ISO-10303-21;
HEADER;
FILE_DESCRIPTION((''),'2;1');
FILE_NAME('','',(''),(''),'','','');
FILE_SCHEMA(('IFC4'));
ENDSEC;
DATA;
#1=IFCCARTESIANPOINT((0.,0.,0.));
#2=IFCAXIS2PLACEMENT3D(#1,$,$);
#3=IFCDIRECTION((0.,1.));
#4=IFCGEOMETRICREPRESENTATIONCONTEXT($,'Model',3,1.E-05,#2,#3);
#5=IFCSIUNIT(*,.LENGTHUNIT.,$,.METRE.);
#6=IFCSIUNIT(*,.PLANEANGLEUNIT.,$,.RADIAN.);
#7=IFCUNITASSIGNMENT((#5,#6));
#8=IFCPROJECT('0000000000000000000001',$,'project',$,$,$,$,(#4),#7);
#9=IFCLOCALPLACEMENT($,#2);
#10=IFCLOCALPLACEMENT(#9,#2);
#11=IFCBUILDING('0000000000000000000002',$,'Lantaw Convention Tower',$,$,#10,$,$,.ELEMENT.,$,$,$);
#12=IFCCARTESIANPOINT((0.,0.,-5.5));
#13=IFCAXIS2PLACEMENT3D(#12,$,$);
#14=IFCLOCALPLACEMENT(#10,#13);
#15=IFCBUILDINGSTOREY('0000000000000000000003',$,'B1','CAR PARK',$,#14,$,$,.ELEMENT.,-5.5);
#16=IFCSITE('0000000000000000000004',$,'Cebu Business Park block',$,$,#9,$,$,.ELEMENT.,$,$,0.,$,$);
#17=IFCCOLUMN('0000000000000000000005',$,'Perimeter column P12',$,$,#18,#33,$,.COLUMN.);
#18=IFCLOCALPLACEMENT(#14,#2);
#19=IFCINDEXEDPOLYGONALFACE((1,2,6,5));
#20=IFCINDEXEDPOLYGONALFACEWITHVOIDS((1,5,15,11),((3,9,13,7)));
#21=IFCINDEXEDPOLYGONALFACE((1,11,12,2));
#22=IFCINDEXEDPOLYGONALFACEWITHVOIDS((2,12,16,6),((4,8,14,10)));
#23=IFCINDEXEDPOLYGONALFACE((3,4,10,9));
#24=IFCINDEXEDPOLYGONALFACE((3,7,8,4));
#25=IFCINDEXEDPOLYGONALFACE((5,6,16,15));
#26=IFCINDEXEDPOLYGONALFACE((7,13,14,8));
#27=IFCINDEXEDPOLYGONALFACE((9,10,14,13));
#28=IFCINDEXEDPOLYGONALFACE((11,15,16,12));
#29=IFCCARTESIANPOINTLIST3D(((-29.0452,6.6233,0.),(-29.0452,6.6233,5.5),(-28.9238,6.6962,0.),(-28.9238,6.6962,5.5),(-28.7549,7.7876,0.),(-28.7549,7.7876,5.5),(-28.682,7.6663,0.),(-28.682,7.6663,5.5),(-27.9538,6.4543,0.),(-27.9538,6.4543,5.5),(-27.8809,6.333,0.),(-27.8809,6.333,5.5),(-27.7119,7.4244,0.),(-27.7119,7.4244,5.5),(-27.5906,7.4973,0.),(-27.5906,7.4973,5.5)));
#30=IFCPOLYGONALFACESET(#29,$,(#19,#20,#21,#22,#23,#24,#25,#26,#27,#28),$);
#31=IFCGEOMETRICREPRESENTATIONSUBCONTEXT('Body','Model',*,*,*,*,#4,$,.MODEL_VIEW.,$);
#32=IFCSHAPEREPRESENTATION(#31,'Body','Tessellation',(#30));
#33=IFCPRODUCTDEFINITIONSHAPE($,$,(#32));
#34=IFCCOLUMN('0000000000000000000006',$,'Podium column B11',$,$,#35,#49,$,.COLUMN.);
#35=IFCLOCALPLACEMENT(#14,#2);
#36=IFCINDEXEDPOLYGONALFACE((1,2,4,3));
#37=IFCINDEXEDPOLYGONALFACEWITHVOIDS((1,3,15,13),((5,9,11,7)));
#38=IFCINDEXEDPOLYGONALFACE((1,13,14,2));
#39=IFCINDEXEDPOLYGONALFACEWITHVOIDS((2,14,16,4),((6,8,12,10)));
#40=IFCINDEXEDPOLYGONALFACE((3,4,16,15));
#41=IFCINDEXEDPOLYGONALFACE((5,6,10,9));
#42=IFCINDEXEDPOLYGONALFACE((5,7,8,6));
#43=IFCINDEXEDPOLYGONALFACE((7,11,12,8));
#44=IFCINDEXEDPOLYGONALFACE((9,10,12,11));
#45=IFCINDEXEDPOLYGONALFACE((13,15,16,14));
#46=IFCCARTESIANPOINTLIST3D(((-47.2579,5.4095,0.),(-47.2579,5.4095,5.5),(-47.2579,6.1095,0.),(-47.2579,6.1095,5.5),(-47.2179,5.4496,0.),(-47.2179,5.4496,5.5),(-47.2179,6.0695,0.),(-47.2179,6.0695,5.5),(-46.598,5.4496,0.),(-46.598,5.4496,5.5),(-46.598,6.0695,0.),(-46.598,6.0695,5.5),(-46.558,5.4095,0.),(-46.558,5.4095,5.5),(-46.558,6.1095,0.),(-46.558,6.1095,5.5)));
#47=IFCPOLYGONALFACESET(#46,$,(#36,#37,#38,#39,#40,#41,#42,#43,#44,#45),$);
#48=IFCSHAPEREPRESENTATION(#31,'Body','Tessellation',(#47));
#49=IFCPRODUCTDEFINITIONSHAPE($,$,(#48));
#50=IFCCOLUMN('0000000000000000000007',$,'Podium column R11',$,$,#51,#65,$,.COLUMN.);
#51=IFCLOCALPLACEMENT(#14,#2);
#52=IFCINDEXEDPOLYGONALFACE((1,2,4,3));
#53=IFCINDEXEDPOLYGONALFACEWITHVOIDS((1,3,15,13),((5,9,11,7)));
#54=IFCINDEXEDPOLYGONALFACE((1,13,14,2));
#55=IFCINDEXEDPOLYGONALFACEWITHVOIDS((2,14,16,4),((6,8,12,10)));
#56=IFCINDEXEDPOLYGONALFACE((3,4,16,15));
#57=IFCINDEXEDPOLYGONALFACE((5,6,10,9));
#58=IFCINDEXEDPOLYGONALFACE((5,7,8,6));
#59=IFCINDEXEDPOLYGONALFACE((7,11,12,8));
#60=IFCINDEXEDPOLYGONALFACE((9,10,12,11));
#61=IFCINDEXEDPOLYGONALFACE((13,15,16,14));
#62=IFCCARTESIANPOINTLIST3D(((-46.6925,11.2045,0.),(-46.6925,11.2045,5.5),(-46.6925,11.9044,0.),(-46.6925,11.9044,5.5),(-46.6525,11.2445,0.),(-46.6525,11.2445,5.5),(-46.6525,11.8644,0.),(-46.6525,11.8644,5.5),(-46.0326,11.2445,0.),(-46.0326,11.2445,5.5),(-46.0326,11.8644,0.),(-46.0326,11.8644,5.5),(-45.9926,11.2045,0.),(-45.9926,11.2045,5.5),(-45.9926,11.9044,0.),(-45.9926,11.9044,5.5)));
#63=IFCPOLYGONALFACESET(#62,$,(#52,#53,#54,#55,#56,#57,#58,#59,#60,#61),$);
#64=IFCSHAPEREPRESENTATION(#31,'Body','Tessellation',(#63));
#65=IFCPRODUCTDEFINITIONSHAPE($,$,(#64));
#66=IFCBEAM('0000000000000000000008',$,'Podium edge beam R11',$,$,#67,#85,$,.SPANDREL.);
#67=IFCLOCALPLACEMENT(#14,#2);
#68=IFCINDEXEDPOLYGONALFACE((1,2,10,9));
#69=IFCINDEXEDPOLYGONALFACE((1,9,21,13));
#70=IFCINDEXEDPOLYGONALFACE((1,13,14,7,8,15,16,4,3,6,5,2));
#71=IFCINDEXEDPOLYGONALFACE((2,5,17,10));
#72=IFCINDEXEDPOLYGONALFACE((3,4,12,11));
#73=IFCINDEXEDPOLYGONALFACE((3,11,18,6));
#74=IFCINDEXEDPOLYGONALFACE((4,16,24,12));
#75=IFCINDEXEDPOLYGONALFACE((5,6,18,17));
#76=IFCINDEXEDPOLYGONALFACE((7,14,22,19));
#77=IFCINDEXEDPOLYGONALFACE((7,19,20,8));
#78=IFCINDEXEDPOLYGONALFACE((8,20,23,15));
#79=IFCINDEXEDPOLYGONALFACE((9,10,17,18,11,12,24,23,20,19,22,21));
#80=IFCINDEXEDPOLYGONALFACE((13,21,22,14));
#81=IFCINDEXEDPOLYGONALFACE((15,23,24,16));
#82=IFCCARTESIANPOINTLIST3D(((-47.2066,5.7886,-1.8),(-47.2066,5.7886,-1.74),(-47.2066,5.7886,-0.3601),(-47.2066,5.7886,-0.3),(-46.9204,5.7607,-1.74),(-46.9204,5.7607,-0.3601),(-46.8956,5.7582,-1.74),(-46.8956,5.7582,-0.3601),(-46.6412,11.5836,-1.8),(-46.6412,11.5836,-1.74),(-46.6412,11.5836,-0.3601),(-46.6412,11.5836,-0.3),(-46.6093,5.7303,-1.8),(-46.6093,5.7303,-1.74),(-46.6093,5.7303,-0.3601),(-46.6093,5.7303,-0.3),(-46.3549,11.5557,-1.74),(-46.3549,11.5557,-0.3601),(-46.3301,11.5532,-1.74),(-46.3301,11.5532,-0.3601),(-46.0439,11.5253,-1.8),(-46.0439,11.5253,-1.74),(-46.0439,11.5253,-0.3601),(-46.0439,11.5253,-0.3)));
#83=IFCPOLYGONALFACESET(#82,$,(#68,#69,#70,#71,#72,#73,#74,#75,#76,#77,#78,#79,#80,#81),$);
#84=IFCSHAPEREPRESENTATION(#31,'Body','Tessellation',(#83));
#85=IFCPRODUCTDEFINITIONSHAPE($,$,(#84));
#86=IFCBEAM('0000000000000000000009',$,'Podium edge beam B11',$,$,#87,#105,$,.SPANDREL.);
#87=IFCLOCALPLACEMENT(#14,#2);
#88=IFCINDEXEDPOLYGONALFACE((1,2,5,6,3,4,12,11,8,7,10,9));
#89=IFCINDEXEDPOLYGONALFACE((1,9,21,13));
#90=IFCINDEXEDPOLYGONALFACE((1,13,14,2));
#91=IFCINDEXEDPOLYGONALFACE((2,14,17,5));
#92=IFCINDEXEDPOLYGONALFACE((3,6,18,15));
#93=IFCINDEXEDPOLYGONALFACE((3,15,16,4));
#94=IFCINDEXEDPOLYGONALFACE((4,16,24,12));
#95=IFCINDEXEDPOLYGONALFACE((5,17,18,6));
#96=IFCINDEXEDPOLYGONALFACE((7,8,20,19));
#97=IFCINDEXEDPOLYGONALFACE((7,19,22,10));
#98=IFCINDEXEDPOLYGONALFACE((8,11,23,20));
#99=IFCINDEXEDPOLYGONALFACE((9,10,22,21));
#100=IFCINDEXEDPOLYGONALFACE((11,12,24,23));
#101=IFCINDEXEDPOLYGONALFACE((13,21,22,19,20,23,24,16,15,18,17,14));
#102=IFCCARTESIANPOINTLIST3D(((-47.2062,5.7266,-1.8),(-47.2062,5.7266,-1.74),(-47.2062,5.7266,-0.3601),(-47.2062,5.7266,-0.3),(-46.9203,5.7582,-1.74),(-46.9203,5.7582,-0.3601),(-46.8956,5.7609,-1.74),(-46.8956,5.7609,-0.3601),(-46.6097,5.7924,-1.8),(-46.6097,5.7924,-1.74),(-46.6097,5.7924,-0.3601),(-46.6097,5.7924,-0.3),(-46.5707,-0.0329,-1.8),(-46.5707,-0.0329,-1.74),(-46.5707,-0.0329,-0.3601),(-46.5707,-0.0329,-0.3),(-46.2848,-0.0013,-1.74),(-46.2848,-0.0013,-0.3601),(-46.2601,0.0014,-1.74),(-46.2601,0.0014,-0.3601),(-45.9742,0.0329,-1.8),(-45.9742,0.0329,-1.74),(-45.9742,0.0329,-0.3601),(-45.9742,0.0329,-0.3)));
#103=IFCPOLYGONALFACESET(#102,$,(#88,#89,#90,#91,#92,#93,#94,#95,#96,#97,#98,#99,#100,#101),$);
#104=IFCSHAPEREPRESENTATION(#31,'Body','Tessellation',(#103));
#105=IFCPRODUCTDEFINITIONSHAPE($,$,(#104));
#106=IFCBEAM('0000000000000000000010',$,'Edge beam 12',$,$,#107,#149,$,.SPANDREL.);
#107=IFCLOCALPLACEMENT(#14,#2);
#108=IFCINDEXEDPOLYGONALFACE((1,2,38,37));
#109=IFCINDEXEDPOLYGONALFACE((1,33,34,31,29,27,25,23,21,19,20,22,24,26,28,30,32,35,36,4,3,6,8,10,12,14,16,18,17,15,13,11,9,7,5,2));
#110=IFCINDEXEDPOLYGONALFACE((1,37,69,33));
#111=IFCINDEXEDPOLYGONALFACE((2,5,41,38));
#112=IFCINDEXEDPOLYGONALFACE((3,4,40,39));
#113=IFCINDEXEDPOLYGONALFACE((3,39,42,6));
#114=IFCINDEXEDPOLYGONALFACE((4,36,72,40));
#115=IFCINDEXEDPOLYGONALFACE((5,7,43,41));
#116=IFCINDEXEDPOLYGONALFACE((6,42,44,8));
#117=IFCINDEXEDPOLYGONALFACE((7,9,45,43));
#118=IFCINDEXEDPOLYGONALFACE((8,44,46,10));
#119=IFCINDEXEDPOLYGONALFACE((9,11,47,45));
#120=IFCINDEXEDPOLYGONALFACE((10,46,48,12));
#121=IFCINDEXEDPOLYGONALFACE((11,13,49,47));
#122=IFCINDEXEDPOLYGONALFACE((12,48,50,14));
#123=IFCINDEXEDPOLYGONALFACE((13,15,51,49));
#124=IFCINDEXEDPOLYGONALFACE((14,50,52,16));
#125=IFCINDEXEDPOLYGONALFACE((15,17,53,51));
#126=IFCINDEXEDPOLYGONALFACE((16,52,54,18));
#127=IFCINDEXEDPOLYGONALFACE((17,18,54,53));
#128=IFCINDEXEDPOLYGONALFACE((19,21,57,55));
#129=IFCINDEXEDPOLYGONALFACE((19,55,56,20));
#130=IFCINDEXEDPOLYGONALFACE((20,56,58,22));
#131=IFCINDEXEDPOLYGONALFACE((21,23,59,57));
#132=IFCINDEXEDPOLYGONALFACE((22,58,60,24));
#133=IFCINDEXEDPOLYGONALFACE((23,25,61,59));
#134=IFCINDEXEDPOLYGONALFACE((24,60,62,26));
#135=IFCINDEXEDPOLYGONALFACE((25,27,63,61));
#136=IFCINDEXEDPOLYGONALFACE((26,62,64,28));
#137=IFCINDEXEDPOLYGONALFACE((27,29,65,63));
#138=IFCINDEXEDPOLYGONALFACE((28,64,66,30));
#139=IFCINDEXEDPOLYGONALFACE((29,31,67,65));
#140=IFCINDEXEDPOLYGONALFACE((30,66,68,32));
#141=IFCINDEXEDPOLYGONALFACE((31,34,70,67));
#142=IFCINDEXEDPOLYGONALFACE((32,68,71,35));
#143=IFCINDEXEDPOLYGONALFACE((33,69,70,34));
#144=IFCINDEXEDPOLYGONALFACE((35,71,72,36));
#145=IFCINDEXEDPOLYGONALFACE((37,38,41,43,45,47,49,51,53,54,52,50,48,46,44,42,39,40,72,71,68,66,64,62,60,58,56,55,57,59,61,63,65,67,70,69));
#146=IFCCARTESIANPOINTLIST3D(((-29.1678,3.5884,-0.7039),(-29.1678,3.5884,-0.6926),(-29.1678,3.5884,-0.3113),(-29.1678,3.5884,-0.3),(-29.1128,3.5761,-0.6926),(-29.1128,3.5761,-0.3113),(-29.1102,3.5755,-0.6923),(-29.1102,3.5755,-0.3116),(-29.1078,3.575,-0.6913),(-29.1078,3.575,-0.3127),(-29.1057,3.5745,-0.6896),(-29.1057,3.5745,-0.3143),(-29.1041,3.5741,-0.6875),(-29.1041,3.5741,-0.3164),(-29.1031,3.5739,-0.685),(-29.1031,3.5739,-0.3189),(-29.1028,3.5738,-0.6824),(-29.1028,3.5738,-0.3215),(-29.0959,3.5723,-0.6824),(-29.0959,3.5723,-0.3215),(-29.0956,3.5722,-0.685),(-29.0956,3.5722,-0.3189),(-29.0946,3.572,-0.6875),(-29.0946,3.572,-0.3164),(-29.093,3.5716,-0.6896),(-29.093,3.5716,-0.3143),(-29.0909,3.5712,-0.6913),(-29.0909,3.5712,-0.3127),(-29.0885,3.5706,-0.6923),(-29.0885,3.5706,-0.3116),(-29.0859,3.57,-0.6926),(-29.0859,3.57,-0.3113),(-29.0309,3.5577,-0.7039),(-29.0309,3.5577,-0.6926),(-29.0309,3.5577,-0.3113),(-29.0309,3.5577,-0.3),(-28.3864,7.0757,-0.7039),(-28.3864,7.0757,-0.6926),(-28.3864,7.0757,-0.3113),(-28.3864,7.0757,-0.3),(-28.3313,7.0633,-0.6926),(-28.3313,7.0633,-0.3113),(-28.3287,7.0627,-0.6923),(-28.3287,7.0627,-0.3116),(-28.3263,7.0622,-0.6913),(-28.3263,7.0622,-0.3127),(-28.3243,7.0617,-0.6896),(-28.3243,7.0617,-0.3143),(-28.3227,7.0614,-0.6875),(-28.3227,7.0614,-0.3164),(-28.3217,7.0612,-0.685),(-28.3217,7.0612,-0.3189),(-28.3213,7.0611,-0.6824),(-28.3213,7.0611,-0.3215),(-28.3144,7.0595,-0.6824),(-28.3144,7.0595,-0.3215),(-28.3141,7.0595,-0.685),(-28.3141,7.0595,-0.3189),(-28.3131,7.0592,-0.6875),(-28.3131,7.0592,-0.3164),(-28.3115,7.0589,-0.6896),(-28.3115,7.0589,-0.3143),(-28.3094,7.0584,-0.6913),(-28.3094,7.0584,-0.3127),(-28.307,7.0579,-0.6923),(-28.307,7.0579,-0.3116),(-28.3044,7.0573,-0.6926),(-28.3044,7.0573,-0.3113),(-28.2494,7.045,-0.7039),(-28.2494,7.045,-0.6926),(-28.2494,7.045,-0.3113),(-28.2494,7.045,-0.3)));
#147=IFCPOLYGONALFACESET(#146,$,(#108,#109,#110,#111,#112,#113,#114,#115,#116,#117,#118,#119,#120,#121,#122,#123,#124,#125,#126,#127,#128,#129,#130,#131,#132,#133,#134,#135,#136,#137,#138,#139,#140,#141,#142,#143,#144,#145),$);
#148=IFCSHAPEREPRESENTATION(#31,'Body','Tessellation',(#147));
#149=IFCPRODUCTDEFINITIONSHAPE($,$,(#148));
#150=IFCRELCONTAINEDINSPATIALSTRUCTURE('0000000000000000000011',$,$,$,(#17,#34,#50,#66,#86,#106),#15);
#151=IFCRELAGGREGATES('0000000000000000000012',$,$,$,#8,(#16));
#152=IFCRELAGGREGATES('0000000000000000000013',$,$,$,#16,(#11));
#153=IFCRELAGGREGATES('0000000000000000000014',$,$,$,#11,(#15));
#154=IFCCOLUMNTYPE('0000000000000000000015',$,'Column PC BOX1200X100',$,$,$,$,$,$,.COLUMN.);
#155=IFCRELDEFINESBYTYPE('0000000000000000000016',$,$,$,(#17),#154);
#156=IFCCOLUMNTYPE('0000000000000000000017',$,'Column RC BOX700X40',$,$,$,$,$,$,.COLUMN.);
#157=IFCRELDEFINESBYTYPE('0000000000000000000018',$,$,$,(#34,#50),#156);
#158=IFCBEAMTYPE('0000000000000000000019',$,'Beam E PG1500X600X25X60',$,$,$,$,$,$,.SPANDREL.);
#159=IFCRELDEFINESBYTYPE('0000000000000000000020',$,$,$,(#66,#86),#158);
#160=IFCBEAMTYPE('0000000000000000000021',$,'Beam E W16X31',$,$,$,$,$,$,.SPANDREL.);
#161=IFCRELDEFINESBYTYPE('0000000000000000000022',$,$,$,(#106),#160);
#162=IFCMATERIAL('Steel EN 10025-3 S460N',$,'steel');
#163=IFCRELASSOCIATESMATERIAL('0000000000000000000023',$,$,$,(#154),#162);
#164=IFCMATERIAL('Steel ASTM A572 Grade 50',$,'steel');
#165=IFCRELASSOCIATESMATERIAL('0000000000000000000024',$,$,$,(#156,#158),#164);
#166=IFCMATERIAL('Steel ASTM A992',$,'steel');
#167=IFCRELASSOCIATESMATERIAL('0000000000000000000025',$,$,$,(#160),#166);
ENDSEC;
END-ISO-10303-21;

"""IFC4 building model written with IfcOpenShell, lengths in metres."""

from ifc_helpers import new_model, si_unit, direction, frame, origin, origin_2d, place, context, subcontext, project, spatial, rectangle, hollow_rectangle, i_section, extrude, material, material_profile, profile_set, type_object, element, save


model = new_model("IFC4")

# Units and contexts
model_context = context("Model", 3, precision=1e-05, world=origin(), true_north=direction((0.0, 1.0)))
body_context = subcontext(model_context, "Body", "Model", "MODEL_VIEW")
ifc_project = project(units=[si_unit("LENGTHUNIT", "METRE"), si_unit("PLANEANGLEUNIT", "RADIAN")], contexts=[model_context])

# Site, building, storey
site_placement = place(None, origin())
site = spatial("IfcSite", under=ifc_project, at=site_placement, Name="Cebu Business Park block", CompositionType="ELEMENT", RefElevation=0.0)
building_placement = place(site_placement, origin())
building = spatial("IfcBuilding", under=site, at=building_placement, Name="Lantaw Convention Tower", CompositionType="ELEMENT")
storey_placement = place(building_placement, frame((0.0, 0.0, -5.5)))
storey = spatial("IfcBuildingStorey", under=building, at=storey_placement, Name="B1", Description="CAR PARK", CompositionType="ELEMENT", Elevation=-5.5)

# Columns
ifc_material_1 = material(Name="Steel EN 10025-3 S460N", Category="steel")
ifc_material_profile_1 = material_profile(ifc_material_1, hollow_rectangle(XDim=1.2, YDim=1.2, WallThickness=0.1001, at=origin_2d()), Name="BOX1200X100")
ifc_material_2 = material(Name="Concrete C60/75", Category="concrete")
ifc_material_profile_2 = material_profile(ifc_material_2, rectangle(XDim=1.0, YDim=1.0, at=origin_2d()), Name="Concrete fill of BOX1200X100")
ifc_profile_set_1 = profile_set([ifc_material_profile_1, ifc_material_profile_2], Name="Steel EN 10025-3 S460N")
column_type_1 = type_object("IfcColumnType", Name="Column PC BOX1200X100", PredefinedType="COLUMN", material=ifc_profile_set_1)
column_placement = place(storey_placement, frame((-28.3179, 7.0603, 0.0), z_axis=(0.0, 0.0, 1.0), x_axis=(0.241922, 0.970296, 0.0)))
element("IfcColumn", 1, at=column_placement, inside=storey, type_object=column_type_1, Name="Perimeter column P12", PredefinedType="COLUMN", context=body_context, shape_type="SweptSolid", body=[
    extrude(hollow_rectangle(XDim=1.2, YDim=1.2, WallThickness=0.1001, at=origin_2d()), origin(), (0.0, 0.0, 1.0), 5.5),
])
ifc_material_3 = material(Name="Steel ASTM A572 Grade 50", Category="steel")
ifc_material_profile_3 = material_profile(ifc_material_3, hollow_rectangle(XDim=0.7, YDim=0.7, WallThickness=0.04, at=origin_2d()), Name="BOX700X40")
ifc_profile_set_2 = profile_set([ifc_material_profile_3], Name="Steel ASTM A572 Grade 50")
column_type_2 = type_object("IfcColumnType", Name="Column RC BOX700X40", PredefinedType="COLUMN", material=ifc_profile_set_2)
for number, where, z_axis, x_axis, name in (
    (2, (-46.908, 5.7595, 0.0), (0.0, 0.0, 1.0), (1.0, 0.0, 0.0), "Podium column B11"),
    (3, (-46.3425, 11.5544, 0.0), (0.0, 0.0, 1.0), (1.0, 0.0, 0.0), "Podium column R11"),
):
    element("IfcColumn", number, at=place(storey_placement, frame(where, z_axis=z_axis, x_axis=x_axis)), inside=storey, type_object=column_type_2, Name=name, PredefinedType="COLUMN", context=body_context, shape_type="SweptSolid", body=[
        extrude(hollow_rectangle(XDim=0.7, YDim=0.7, WallThickness=0.04, at=origin_2d()), origin(), (0.0, 0.0, 1.0), 5.5),
    ])

# Beams
ifc_material_profile_4 = material_profile(ifc_material_3, i_section(OverallWidth=0.6001, OverallDepth=1.5, WebThickness=0.0249, FlangeThickness=0.0601, at=origin_2d()), Name="PG1500X600X25X60")
ifc_profile_set_3 = profile_set([ifc_material_profile_4], Name="Steel ASTM A572 Grade 50")
beam_type_1 = type_object("IfcBeamType", Name="Beam E PG1500X600X25X60", PredefinedType="SPANDREL", material=ifc_profile_set_3)
beam_1_placement = place(storey_placement, frame((-46.3425, 11.5544, -1.05), z_axis=(-0.097112, -0.995273, 0.0), x_axis=(0.995273, -0.097112, 0.0)))
element("IfcBeam", 4, at=beam_1_placement, inside=storey, type_object=beam_type_1, Name="Podium edge beam R11", PredefinedType="SPANDREL", context=body_context, shape_type="SweptSolid", body=[
    extrude(i_section(OverallWidth=0.6001, OverallDepth=1.5, WebThickness=0.0249, FlangeThickness=0.0601, at=origin_2d()), origin(), (0.0, 0.0, 1.0), 5.8225),
])
beam_2_placement = place(storey_placement, frame((-46.908, 5.7595, -1.05), z_axis=(0.109673, -0.993968, 0.0), x_axis=(0.993968, 0.109673, 0.0)))
element("IfcBeam", 5, at=beam_2_placement, inside=storey, type_object=beam_type_1, Name="Podium edge beam B11", PredefinedType="SPANDREL", context=body_context, shape_type="SweptSolid", body=[
    extrude(i_section(OverallWidth=0.6001, OverallDepth=1.5, WebThickness=0.0249, FlangeThickness=0.0601, at=origin_2d()), origin(), (0.0, 0.0, 1.0), 5.7944),
])
ifc_material_4 = material(Name="Steel ASTM A992", Category="steel")
ifc_material_profile_5 = material_profile(ifc_material_4, i_section(OverallWidth=0.1404, OverallDepth=0.4038, WebThickness=0.0071, FlangeThickness=0.0112, FilletRadius=0.0103, at=origin_2d()), Name="W16X31")
ifc_profile_set_4 = profile_set([ifc_material_profile_5], Name="Steel ASTM A992")
beam_type_2 = type_object("IfcBeamType", Name="Beam E W16X31", PredefinedType="SPANDREL", material=ifc_profile_set_4)
beam_3_placement = place(storey_placement, frame((-28.3179, 7.0603, -0.502), z_axis=(-0.218673, -0.975798, 0.0), x_axis=(0.975798, -0.218673, 0.0)))
element("IfcBeam", 6, at=beam_3_placement, inside=storey, type_object=beam_type_2, Name="Edge beam 12", PredefinedType="SPANDREL", context=body_context, shape_type="SweptSolid", body=[
    extrude(i_section(OverallWidth=0.1404, OverallDepth=0.4038, WebThickness=0.0071, FlangeThickness=0.0112, FilletRadius=0.0103, at=origin_2d()), origin(), (0.0, 0.0, 1.0), 3.5737),
])

save(model, "model.ifc")
